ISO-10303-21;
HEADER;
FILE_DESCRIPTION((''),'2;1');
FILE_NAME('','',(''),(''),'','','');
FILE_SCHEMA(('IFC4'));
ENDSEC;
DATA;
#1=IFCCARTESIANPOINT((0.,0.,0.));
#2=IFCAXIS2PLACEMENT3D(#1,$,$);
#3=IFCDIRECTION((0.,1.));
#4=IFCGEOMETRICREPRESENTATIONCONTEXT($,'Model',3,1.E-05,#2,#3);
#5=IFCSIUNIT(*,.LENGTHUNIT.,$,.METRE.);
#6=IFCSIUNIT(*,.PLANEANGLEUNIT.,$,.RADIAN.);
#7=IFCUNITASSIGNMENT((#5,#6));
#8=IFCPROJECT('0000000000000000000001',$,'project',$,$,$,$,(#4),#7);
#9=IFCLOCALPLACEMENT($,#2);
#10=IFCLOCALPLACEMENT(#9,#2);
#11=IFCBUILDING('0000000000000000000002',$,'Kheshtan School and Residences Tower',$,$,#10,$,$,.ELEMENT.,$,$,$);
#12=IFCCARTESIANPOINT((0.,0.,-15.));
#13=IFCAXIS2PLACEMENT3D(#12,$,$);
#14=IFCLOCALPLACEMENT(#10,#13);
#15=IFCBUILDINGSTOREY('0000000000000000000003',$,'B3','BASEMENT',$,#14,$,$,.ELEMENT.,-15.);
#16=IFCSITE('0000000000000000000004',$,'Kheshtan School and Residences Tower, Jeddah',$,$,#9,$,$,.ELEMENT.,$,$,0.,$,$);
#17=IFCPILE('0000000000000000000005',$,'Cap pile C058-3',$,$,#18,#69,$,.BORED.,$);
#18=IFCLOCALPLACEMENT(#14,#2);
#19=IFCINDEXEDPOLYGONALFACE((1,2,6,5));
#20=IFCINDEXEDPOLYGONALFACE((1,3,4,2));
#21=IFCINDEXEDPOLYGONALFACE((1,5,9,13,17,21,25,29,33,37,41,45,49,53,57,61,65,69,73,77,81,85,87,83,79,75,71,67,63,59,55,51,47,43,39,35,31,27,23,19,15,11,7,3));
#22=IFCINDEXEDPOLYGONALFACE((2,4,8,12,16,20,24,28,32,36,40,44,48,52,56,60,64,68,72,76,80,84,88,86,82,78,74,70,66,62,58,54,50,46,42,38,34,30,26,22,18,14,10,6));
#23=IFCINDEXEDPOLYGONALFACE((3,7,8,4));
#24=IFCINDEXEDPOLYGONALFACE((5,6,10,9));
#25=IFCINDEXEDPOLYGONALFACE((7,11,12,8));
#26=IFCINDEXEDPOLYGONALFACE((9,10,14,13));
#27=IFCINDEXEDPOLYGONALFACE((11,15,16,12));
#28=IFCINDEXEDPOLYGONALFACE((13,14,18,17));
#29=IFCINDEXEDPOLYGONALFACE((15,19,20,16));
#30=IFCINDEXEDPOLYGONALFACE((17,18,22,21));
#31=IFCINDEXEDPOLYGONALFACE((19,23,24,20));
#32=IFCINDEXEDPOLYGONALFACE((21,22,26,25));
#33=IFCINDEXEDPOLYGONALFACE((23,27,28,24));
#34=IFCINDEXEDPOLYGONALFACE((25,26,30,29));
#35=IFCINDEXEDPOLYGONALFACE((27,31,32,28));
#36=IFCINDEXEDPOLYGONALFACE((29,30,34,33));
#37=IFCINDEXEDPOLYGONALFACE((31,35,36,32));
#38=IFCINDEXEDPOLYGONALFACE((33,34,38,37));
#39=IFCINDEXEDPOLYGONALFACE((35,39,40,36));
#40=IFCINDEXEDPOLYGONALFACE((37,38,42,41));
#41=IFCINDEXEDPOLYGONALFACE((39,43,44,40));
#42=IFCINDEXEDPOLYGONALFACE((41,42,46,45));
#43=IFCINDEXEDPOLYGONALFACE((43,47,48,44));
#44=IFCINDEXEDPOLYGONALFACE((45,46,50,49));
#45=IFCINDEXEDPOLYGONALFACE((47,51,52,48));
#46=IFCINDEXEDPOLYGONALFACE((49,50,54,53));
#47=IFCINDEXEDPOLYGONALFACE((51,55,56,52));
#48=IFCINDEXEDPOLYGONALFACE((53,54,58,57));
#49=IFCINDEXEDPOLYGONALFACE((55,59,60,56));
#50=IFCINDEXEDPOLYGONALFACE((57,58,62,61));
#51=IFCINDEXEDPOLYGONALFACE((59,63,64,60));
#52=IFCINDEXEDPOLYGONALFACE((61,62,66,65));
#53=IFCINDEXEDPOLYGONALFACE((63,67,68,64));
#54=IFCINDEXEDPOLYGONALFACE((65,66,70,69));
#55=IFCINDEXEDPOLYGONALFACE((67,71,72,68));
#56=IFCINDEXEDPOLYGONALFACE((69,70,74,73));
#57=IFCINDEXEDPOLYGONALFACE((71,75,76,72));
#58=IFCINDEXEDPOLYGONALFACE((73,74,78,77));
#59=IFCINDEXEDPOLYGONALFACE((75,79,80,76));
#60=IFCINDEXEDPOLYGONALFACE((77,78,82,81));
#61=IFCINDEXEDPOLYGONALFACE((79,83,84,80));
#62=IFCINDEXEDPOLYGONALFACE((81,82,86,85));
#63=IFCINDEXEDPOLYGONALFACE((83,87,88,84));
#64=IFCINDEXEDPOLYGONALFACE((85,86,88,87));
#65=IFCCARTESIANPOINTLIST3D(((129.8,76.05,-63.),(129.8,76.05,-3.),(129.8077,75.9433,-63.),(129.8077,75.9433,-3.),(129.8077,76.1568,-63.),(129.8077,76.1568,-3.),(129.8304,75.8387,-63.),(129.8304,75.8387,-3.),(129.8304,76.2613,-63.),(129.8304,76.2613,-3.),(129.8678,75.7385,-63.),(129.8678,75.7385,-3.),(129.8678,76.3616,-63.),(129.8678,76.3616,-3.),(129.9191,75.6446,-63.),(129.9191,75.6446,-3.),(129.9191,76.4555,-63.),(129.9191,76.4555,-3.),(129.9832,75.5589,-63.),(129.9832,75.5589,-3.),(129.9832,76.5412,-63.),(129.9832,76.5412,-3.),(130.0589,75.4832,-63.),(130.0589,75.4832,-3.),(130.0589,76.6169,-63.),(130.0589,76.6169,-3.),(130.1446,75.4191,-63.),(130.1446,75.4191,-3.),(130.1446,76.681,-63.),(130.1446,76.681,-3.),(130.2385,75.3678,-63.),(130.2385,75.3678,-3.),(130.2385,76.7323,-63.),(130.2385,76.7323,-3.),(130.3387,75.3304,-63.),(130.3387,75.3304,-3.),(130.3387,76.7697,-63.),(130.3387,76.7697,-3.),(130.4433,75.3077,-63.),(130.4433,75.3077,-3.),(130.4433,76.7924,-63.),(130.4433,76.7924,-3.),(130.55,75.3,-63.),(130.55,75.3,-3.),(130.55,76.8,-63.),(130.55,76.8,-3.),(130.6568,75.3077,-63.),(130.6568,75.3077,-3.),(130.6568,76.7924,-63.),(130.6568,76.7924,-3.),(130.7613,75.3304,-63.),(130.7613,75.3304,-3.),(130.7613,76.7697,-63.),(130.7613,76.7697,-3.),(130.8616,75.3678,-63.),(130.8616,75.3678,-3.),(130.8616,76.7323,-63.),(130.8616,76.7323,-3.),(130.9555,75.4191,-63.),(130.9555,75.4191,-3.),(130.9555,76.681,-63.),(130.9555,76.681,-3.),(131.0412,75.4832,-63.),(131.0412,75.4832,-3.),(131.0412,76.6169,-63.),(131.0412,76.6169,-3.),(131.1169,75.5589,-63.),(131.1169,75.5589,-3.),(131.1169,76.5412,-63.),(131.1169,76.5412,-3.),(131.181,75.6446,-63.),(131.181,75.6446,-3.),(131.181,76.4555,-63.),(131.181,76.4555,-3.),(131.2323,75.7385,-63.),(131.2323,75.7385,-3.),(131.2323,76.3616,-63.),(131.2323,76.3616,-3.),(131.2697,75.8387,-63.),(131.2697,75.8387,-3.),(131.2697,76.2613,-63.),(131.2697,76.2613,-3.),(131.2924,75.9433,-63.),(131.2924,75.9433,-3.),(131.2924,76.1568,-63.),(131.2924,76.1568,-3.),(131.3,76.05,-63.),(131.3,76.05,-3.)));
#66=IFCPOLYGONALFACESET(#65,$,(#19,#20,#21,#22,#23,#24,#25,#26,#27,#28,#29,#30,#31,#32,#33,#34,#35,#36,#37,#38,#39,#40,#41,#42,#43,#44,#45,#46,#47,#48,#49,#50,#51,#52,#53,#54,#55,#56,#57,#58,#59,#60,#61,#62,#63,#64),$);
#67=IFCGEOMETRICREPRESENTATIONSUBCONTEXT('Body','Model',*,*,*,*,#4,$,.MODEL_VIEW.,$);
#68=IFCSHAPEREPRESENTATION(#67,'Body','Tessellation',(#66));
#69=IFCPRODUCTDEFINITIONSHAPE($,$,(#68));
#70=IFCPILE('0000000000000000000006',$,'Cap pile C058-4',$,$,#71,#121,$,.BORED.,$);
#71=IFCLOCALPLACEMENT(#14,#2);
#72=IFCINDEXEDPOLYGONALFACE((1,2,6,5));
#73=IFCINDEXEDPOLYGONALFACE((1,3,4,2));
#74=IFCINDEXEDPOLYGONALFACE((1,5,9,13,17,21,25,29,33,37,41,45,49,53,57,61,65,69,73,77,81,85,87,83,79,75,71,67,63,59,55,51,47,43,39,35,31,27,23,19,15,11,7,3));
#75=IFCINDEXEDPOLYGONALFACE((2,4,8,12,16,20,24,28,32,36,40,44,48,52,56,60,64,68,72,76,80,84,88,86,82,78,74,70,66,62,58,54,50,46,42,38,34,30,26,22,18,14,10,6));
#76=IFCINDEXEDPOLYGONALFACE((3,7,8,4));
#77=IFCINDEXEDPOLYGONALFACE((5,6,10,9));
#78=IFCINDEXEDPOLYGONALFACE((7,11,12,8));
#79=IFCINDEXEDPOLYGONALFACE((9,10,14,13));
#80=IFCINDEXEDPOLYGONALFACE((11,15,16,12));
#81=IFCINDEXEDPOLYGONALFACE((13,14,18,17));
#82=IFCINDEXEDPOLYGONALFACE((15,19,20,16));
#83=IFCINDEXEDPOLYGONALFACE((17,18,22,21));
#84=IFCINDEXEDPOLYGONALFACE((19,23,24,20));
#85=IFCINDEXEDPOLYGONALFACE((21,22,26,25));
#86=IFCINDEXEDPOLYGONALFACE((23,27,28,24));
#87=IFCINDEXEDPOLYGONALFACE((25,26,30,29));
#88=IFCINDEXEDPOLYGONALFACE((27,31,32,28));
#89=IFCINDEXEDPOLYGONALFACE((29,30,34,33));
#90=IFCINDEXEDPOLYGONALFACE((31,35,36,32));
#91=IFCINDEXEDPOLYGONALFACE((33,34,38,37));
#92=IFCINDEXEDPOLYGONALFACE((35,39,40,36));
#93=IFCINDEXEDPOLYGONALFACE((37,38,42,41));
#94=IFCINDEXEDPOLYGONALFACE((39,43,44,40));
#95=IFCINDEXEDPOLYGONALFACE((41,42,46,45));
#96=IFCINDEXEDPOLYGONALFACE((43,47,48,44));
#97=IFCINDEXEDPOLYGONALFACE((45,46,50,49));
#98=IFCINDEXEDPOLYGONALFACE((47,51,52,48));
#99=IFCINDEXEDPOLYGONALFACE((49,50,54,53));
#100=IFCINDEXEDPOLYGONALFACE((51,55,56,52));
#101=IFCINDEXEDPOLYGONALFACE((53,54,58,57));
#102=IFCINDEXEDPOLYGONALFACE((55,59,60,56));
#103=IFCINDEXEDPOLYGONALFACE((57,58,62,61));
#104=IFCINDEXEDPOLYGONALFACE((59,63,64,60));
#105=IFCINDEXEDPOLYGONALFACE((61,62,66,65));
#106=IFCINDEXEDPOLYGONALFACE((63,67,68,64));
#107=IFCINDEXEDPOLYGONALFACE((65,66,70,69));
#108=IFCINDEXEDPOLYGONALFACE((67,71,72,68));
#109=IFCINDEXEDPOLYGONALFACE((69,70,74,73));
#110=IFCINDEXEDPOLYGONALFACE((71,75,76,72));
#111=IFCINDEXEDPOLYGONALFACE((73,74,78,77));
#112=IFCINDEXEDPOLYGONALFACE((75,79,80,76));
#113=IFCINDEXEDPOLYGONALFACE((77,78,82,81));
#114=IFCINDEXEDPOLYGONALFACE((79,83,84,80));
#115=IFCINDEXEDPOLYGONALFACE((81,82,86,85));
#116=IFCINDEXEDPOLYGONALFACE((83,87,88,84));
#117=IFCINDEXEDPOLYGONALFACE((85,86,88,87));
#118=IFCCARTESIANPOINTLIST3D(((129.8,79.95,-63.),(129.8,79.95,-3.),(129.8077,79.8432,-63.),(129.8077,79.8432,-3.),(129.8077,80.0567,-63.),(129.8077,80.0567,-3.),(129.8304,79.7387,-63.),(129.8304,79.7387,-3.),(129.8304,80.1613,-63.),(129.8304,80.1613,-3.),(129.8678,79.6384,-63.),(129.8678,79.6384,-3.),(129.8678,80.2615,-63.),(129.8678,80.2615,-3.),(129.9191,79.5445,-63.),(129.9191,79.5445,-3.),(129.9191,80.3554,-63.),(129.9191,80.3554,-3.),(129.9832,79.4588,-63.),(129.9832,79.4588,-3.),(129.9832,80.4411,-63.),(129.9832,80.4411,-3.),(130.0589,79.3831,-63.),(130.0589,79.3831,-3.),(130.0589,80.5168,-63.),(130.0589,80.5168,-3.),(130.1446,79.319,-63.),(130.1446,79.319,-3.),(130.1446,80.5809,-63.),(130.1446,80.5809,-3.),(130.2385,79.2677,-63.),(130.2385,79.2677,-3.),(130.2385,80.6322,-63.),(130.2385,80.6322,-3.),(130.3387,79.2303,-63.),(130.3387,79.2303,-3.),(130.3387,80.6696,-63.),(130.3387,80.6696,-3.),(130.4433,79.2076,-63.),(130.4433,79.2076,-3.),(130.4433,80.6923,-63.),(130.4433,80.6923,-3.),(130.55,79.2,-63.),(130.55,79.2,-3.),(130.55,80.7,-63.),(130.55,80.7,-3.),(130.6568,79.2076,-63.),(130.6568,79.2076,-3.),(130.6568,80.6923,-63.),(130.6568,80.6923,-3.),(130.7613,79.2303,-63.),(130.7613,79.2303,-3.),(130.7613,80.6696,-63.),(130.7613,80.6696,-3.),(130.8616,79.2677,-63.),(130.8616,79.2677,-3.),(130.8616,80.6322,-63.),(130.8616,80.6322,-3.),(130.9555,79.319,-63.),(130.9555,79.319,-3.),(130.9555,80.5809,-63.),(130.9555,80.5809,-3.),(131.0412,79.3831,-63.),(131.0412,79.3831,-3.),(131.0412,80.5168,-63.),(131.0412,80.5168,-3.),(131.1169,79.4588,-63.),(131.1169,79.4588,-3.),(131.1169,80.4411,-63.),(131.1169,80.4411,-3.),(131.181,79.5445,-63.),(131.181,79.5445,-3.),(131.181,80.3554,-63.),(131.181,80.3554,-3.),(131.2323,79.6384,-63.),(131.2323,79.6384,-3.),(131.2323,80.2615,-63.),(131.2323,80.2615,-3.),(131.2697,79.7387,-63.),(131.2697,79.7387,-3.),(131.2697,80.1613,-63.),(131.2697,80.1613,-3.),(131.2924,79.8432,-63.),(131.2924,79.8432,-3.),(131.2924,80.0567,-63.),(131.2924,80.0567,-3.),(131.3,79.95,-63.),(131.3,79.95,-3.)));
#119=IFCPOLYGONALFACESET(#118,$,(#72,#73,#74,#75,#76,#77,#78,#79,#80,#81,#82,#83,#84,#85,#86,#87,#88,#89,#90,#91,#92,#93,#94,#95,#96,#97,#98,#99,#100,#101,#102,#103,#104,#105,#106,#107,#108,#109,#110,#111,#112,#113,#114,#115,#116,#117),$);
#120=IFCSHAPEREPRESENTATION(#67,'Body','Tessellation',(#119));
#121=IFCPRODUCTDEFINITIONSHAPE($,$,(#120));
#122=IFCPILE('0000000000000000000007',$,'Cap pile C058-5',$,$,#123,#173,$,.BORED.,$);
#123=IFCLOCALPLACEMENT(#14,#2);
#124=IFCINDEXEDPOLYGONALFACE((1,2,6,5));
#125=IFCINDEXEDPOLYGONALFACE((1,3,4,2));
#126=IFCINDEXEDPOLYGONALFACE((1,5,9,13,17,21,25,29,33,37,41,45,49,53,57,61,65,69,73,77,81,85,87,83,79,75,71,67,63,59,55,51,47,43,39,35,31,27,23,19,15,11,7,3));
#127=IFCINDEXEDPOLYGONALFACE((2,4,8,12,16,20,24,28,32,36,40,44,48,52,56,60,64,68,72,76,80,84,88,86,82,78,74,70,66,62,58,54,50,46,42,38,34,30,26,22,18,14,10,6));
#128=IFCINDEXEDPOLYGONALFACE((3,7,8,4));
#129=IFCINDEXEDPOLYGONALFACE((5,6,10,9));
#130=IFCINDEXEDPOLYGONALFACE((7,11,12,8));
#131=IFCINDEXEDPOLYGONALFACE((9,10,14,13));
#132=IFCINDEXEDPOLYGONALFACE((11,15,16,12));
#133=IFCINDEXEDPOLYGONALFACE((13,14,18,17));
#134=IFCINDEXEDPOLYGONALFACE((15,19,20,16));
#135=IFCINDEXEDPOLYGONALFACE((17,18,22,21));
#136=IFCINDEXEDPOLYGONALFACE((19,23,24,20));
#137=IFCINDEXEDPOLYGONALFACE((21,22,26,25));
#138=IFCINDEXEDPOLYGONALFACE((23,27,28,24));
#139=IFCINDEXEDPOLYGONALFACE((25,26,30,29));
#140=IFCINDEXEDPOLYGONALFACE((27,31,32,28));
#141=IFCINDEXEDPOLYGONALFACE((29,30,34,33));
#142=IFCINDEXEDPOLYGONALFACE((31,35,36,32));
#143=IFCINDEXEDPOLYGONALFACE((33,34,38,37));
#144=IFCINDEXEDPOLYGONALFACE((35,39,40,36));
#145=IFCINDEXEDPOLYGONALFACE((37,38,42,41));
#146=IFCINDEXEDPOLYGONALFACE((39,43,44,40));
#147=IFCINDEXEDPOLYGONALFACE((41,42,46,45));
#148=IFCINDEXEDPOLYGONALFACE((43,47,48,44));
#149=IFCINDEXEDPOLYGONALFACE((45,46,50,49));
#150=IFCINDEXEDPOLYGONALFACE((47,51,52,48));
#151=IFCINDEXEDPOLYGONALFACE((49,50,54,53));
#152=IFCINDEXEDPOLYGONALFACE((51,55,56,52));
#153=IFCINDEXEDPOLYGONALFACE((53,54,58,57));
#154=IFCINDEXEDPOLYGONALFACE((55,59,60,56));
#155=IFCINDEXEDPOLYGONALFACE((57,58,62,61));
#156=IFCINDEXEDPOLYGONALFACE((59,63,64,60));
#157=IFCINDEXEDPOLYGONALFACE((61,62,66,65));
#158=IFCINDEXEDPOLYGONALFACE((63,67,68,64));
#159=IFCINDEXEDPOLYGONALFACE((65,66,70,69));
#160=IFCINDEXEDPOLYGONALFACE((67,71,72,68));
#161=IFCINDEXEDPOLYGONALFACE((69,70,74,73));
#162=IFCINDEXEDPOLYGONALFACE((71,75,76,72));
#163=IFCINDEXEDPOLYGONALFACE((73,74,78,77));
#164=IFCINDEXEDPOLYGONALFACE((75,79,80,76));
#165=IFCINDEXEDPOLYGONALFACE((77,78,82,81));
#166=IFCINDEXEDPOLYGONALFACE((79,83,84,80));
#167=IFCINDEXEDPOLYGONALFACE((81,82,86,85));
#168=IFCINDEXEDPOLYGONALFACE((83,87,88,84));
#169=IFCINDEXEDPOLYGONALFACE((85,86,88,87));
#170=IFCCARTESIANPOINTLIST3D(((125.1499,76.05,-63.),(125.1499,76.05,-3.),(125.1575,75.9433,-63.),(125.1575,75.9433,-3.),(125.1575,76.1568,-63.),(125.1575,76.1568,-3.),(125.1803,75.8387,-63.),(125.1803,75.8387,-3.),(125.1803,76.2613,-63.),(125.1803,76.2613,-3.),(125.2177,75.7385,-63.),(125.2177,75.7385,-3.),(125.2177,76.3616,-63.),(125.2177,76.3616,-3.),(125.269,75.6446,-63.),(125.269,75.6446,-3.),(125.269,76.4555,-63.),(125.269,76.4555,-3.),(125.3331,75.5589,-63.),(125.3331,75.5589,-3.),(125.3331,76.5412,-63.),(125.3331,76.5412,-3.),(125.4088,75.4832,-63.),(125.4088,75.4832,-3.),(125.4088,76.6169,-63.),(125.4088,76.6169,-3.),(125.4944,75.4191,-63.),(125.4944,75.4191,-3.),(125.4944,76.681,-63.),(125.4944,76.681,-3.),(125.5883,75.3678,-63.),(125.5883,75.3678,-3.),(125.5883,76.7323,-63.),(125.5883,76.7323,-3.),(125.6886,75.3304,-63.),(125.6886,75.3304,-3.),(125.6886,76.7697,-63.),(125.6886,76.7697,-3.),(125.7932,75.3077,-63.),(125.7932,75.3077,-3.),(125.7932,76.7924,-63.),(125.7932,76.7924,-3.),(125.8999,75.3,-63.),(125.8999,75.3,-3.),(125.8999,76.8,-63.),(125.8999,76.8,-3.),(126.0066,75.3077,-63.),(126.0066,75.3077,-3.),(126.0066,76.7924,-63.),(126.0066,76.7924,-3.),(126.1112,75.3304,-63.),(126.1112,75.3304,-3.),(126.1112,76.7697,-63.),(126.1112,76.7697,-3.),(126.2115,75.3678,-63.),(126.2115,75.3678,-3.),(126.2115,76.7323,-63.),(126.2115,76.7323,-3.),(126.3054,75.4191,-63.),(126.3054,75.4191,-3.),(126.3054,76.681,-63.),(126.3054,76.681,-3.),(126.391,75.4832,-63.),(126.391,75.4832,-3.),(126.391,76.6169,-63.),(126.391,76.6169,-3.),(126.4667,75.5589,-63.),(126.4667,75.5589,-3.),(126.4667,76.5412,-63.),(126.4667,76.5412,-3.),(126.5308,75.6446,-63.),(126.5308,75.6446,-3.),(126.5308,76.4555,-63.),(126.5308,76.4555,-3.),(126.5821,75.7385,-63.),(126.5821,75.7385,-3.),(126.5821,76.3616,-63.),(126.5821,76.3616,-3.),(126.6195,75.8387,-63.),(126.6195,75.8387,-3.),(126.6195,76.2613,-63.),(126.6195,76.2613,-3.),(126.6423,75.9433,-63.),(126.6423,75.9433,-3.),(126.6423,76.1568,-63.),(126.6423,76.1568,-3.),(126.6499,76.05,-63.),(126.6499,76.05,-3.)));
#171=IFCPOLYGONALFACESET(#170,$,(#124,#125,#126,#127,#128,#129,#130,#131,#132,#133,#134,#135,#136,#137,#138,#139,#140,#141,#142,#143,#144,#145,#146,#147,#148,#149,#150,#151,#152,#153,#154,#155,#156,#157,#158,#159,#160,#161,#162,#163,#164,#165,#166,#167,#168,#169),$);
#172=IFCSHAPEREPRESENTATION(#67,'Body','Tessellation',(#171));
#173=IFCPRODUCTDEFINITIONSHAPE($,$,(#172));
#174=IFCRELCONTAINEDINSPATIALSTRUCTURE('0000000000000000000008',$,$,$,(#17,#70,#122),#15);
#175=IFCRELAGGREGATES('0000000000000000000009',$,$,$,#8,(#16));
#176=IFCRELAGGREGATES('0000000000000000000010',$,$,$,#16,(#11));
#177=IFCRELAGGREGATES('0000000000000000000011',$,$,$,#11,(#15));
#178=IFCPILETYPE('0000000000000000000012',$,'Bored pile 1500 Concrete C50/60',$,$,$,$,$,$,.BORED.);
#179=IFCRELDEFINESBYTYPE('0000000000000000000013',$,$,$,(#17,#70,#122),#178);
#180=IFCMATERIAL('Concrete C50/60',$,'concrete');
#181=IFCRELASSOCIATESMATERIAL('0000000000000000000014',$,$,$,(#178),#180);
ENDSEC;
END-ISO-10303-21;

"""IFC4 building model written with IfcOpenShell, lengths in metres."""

from ifc_helpers import new_model, si_unit, direction, frame, origin, origin_2d, place, context, subcontext, project, spatial, circle, extrude, material, material_profile, profile_set, type_object, element, save


model = new_model("IFC4")

# Units and contexts
model_context = context("Model", 3, precision=1e-05, world=origin(), true_north=direction((0.0, 1.0)))
body_context = subcontext(model_context, "Body", "Model", "MODEL_VIEW")
ifc_project = project(units=[si_unit("LENGTHUNIT", "METRE"), si_unit("PLANEANGLEUNIT", "RADIAN")], contexts=[model_context])

# Site, building, storey
site_placement = place(None, origin())
site = spatial("IfcSite", under=ifc_project, at=site_placement, Name="Kheshtan School and Residences Tower, Jeddah", CompositionType="ELEMENT", RefElevation=0.0)
building_placement = place(site_placement, origin())
building = spatial("IfcBuilding", under=site, at=building_placement, Name="Kheshtan School and Residences Tower", CompositionType="ELEMENT")
storey_placement = place(building_placement, frame((0.0, 0.0, -15.0)))
storey = spatial("IfcBuildingStorey", under=building, at=storey_placement, Name="B3", Description="BASEMENT", CompositionType="ELEMENT", Elevation=-15.0)

# Piles
ifc_material_1 = material(Name="Concrete C50/60", Category="concrete")
ifc_material_profile_1 = material_profile(ifc_material_1, circle(Radius=0.75, at=origin_2d()), Name="BP 1500")
ifc_profile_set_1 = profile_set([ifc_material_profile_1], Name="Concrete C50/60")
pile_type_1 = type_object("IfcPileType", Name="Bored pile 1500 Concrete C50/60", PredefinedType="BORED", material=ifc_profile_set_1)
for number, where, z_axis, x_axis, name in (
    (1, (130.55, 76.05, -3.0), (0.0, 0.0, -1.0), (1.0, 0.0, 0.0), "Cap pile C058-3"),
    (2, (130.55, 79.95, -3.0), (0.0, 0.0, -1.0), (1.0, 0.0, 0.0), "Cap pile C058-4"),
    (3, (125.8999, 76.05, -3.0), (0.0, 0.0, -1.0), (1.0, 0.0, 0.0), "Cap pile C058-5"),
):
    element("IfcPile", number, at=place(storey_placement, frame(where, z_axis=z_axis, x_axis=x_axis)), inside=storey, type_object=pile_type_1, Name=name, PredefinedType="BORED", context=body_context, shape_type="SweptSolid", body=[
        extrude(circle(Radius=0.75, at=origin_2d()), origin(), (0.0, 0.0, 1.0), 60.0),
    ])

save(model, "model.ifc")
